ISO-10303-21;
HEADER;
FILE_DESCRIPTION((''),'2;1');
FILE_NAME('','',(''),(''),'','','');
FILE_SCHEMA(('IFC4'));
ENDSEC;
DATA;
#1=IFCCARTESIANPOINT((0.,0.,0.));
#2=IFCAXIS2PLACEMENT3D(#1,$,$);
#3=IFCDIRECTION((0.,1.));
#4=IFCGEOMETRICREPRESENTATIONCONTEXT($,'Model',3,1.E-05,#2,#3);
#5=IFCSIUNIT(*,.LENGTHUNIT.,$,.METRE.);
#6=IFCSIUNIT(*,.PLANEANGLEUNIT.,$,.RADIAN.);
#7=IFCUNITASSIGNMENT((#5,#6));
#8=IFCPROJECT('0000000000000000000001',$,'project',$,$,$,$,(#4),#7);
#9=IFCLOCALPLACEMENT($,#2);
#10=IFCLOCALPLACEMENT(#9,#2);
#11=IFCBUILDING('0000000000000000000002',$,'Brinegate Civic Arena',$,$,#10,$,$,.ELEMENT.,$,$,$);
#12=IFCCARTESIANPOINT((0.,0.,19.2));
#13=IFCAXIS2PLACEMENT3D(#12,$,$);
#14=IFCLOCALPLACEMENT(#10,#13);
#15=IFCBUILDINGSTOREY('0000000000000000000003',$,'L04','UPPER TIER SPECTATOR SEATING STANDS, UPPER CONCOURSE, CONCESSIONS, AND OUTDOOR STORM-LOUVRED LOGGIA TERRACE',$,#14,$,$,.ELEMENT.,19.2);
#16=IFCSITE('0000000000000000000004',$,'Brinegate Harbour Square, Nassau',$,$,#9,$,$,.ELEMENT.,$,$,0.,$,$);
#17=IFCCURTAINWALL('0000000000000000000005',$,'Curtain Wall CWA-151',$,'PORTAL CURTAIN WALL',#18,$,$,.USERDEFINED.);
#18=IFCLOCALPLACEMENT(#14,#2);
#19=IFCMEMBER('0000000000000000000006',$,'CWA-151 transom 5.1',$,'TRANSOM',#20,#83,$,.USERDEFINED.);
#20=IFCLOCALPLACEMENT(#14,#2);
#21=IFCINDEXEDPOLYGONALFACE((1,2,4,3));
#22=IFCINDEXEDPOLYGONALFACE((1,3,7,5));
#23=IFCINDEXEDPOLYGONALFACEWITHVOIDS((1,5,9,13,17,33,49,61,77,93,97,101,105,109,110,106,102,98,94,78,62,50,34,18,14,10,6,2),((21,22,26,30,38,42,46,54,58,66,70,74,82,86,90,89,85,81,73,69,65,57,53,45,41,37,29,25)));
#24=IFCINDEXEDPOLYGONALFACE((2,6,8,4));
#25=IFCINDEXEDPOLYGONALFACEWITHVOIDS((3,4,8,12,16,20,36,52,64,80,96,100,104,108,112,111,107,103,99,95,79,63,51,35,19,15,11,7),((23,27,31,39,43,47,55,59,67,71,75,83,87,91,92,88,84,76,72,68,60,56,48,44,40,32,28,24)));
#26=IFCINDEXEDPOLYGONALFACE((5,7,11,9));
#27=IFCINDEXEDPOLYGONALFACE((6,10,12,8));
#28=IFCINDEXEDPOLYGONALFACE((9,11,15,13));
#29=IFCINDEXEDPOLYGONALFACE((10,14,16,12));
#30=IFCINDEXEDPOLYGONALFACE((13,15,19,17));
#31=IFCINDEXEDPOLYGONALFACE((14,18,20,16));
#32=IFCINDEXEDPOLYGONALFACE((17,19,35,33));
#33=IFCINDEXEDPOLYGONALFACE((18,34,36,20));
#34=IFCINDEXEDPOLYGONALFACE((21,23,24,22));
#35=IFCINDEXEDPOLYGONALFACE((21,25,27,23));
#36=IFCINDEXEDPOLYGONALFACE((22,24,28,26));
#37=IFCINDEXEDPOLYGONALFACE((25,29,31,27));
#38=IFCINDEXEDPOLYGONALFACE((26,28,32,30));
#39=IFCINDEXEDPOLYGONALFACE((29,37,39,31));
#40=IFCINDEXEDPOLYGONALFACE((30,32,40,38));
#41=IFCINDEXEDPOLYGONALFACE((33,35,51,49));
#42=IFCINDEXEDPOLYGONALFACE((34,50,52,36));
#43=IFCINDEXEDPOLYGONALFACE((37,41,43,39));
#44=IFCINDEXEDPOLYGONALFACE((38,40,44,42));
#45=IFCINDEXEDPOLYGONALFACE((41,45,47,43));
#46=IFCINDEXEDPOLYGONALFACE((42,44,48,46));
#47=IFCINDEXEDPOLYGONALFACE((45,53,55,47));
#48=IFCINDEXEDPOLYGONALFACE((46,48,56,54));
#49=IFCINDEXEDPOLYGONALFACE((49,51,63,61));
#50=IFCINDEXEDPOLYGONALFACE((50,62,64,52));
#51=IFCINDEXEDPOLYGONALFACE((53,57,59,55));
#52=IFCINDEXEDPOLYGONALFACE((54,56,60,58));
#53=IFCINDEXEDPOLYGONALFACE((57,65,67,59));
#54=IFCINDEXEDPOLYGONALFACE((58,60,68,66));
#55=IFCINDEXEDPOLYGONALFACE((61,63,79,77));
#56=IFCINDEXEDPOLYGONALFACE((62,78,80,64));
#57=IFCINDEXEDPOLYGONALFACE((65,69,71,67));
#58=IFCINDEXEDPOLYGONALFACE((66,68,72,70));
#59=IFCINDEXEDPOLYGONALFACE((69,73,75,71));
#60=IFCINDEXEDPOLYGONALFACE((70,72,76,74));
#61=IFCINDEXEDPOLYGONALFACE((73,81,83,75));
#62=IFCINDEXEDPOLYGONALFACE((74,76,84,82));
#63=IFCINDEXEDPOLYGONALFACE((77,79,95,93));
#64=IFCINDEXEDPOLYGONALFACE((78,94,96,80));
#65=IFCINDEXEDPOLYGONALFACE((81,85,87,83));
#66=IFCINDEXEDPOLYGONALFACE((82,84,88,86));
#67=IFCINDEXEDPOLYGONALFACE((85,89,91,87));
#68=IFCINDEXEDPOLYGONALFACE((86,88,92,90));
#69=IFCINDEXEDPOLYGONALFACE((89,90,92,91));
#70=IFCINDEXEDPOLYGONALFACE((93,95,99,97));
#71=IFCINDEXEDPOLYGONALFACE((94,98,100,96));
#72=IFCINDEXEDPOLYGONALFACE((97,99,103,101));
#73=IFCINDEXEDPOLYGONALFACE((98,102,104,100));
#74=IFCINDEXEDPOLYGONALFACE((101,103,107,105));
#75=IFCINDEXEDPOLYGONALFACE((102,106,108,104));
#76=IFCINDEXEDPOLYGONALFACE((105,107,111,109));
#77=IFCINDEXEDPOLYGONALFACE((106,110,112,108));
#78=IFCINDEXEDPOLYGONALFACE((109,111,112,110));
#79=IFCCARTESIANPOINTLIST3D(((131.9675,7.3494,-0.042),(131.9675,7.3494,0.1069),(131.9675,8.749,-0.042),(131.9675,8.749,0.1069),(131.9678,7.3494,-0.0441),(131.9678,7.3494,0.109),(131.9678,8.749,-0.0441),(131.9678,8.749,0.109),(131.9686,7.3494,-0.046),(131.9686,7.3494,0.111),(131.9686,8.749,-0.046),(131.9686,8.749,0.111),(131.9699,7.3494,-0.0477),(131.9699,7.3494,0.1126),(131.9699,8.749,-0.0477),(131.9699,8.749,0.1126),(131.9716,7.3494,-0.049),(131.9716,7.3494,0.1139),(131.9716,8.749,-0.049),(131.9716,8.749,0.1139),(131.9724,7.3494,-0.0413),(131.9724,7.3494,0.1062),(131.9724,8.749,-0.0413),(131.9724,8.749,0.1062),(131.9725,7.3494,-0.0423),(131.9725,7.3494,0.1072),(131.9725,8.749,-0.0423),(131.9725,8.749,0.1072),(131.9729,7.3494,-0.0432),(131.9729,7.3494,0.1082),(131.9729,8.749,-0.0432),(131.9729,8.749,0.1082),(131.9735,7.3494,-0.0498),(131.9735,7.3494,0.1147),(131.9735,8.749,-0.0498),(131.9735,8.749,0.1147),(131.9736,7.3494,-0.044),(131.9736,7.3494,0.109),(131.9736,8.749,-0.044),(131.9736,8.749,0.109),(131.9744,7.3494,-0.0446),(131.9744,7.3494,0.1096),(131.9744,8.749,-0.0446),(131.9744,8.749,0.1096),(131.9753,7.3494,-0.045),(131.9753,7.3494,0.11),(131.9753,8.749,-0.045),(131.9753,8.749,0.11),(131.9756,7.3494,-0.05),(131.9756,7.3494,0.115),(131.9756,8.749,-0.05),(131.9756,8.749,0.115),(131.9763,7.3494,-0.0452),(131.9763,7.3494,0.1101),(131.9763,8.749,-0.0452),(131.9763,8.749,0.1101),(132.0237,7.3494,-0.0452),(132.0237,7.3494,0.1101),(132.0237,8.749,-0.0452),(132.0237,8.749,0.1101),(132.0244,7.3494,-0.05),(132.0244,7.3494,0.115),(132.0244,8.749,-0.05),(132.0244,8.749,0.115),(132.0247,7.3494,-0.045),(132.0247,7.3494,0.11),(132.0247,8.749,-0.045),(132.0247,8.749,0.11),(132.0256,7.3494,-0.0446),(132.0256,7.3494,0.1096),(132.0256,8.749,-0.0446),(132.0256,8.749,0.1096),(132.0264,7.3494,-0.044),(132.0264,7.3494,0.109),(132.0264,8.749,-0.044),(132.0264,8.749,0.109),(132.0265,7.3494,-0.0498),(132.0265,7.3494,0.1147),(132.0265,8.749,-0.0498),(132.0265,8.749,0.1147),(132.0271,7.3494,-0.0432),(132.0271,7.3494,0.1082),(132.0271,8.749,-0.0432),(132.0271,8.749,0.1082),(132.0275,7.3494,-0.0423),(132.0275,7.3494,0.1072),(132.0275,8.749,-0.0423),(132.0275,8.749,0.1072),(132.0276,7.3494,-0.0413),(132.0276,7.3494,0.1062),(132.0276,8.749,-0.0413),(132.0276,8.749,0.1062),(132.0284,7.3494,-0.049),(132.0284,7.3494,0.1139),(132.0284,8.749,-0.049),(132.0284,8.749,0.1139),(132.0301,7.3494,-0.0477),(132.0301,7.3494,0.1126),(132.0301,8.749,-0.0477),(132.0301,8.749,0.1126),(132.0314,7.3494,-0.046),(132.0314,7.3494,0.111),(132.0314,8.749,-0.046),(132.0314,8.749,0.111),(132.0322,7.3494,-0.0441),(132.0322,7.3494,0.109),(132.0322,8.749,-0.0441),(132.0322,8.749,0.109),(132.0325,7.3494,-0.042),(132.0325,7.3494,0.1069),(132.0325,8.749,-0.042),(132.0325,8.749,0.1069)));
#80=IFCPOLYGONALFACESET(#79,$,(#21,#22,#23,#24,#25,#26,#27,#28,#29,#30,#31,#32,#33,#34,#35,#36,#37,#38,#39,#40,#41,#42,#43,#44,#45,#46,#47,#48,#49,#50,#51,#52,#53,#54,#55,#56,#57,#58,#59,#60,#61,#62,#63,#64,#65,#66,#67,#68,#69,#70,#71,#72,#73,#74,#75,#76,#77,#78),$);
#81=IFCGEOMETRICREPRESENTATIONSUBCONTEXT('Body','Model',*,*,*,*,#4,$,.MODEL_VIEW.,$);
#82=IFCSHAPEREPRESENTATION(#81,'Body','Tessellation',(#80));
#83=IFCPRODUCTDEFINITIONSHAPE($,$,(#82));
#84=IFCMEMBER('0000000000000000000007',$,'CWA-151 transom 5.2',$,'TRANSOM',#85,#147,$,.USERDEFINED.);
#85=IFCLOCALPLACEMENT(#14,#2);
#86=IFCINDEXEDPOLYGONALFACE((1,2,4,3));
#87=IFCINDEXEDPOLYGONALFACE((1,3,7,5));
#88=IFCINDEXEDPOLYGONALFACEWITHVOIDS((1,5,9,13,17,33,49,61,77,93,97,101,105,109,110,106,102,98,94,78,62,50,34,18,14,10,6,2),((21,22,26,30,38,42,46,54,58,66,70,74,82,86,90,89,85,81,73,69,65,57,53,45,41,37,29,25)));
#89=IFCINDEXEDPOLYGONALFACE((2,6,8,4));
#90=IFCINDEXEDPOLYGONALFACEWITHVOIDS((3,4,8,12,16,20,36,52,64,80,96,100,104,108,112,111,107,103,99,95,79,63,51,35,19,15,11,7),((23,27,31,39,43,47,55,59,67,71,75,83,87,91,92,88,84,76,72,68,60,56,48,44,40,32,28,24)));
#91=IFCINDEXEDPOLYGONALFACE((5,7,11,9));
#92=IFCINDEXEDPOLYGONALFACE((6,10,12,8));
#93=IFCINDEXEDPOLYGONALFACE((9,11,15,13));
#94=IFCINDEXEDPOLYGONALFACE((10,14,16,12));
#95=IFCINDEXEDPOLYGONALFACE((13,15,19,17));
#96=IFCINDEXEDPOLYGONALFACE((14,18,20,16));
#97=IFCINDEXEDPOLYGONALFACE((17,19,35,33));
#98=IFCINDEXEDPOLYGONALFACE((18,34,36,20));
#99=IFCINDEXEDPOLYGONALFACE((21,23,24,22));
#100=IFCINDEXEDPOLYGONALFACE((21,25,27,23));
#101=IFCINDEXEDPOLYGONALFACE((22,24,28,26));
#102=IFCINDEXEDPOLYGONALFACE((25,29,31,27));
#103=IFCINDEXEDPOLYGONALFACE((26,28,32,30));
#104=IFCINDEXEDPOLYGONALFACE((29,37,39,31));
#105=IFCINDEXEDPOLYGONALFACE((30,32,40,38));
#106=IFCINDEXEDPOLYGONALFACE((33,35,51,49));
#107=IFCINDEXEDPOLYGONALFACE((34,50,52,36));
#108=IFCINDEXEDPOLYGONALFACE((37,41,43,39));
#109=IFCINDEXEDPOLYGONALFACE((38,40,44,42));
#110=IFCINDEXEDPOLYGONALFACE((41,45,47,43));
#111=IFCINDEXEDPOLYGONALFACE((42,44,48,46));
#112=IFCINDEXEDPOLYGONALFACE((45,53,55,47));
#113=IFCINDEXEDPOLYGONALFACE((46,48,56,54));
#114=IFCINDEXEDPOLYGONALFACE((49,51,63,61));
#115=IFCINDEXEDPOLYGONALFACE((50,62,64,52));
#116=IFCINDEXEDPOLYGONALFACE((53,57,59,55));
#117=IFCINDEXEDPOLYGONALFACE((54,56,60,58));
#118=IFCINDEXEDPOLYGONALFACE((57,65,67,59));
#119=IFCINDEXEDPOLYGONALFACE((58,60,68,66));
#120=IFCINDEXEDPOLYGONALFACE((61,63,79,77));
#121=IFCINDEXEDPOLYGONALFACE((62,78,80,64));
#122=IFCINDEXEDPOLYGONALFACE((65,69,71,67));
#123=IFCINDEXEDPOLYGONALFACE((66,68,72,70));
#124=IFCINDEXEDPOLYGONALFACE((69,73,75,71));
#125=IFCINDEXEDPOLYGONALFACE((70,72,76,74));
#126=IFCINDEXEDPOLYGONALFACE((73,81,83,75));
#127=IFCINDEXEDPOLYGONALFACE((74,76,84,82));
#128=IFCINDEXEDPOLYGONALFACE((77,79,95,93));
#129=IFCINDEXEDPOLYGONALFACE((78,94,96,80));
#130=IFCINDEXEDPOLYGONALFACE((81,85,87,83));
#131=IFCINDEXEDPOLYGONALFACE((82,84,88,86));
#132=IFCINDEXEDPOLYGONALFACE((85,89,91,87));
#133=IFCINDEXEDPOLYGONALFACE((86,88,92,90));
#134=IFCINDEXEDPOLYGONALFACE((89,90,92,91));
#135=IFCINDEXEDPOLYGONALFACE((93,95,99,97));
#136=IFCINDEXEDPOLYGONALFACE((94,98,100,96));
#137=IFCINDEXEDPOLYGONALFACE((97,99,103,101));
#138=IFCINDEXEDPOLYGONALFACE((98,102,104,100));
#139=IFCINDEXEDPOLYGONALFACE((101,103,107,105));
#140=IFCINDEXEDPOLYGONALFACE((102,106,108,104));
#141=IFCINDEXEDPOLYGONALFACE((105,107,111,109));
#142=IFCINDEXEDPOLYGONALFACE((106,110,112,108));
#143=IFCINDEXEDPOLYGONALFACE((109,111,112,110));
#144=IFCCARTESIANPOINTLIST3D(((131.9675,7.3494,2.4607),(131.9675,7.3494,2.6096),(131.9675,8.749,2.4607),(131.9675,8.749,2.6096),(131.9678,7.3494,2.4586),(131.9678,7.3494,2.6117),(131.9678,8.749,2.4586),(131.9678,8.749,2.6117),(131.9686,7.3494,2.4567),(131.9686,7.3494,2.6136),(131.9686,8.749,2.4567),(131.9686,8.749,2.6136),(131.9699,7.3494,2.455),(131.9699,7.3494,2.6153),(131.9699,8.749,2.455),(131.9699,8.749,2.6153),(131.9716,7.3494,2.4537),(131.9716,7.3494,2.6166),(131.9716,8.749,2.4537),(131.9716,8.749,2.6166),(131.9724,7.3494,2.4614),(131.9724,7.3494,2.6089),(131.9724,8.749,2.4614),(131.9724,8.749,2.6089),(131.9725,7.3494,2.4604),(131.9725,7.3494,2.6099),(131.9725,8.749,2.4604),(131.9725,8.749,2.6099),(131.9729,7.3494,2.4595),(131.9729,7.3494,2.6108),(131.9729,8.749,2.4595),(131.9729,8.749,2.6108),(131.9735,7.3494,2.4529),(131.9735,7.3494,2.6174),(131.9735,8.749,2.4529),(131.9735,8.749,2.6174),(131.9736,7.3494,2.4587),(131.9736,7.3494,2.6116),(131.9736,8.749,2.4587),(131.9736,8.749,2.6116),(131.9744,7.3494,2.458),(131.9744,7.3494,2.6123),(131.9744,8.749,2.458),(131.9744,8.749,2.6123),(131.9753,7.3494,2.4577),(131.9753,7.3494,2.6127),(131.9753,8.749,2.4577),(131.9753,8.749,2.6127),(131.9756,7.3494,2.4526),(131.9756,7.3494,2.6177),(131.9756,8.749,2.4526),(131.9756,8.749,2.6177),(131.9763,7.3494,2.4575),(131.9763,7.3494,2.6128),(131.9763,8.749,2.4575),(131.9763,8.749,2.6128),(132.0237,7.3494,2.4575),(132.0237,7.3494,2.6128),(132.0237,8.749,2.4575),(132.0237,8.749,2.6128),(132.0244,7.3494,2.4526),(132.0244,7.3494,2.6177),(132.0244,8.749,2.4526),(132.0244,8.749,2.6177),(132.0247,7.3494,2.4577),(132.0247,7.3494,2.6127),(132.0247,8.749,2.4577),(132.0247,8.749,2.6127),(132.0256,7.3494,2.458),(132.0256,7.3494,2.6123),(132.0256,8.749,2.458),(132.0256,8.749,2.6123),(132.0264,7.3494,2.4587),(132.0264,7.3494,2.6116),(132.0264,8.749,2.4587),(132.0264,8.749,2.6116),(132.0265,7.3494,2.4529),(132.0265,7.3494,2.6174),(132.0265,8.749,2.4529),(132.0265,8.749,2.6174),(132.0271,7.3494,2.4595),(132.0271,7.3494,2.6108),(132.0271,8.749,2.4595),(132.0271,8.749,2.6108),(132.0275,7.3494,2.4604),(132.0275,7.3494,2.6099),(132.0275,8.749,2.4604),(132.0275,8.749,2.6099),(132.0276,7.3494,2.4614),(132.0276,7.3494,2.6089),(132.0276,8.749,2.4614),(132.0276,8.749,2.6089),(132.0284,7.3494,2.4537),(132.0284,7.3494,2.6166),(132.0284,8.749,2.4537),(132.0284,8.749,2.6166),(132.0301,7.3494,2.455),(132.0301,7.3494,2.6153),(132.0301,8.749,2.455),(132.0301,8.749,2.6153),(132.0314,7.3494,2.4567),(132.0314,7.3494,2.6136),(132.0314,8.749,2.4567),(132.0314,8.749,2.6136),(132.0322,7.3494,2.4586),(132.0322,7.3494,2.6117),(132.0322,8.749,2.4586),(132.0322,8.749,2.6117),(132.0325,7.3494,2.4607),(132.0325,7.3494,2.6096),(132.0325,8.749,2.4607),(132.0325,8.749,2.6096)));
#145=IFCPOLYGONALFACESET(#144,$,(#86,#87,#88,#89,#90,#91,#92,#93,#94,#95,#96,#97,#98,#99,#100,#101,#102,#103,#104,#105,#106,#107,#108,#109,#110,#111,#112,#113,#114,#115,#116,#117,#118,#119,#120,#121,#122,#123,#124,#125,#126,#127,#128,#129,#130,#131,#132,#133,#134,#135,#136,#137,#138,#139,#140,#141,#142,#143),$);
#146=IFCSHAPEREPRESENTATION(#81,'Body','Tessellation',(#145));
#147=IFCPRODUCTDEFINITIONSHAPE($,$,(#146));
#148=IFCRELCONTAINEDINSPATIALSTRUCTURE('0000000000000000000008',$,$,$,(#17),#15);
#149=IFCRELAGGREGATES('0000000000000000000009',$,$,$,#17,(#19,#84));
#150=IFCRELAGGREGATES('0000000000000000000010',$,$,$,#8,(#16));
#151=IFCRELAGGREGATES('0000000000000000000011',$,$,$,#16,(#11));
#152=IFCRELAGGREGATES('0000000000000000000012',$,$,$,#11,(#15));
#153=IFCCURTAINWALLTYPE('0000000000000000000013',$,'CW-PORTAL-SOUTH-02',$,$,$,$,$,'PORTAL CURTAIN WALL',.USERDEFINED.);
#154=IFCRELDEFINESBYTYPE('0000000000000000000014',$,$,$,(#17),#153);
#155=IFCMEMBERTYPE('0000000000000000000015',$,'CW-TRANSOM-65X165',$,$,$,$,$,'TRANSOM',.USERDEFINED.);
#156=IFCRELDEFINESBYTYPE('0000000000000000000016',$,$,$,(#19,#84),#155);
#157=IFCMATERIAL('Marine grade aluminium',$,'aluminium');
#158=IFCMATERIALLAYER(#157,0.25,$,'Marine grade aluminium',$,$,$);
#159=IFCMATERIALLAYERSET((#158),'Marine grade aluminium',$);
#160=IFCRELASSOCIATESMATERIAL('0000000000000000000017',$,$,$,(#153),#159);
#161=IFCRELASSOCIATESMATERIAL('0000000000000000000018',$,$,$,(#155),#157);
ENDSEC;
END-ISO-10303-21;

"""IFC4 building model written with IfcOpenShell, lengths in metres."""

from ifc_helpers import new_model, si_unit, direction, frame, origin, origin_2d, place, context, subcontext, project, spatial, hollow_rectangle, extrude, material, layer, layer_set, material_profile, profile_set, type_object, element, aggregate, save


model = new_model("IFC4")

# Units and contexts
model_context = context("Model", 3, precision=1e-05, world=origin(), true_north=direction((0.0, 1.0)))
body_context = subcontext(model_context, "Body", "Model", "MODEL_VIEW")
ifc_project = project(units=[si_unit("LENGTHUNIT", "METRE"), si_unit("PLANEANGLEUNIT", "RADIAN")], contexts=[model_context])

# Site, building, storey
site_placement = place(None, origin())
site = spatial("IfcSite", under=ifc_project, at=site_placement, Name="Brinegate Harbour Square, Nassau", CompositionType="ELEMENT", RefElevation=0.0)
building_placement = place(site_placement, origin())
building = spatial("IfcBuilding", under=site, at=building_placement, Name="Brinegate Civic Arena", CompositionType="ELEMENT")
storey_placement = place(building_placement, frame((0.0, 0.0, 19.2)))
storey = spatial("IfcBuildingStorey", under=building, at=storey_placement, Name="L04", Description="UPPER TIER SPECTATOR SEATING STANDS, UPPER CONCOURSE, CONCESSIONS, AND OUTDOOR STORM-LOUVRED LOGGIA TERRACE", CompositionType="ELEMENT", Elevation=19.2)

# Curtain wall
ifc_material_1 = material(Name="Marine grade aluminium", Category="aluminium")
ifc_layer_1 = layer(ifc_material_1, 0.25, Name="Marine grade aluminium")
ifc_layer_set_1 = layer_set([ifc_layer_1], Name="Marine grade aluminium")
curtain_wall_type_1 = type_object("IfcCurtainWallType", Name="CW-PORTAL-SOUTH-02", ElementType="PORTAL CURTAIN WALL", PredefinedType="USERDEFINED", material=ifc_layer_set_1)
curtain_wall_1_placement = place(storey_placement, origin())
curtain_wall_1 = element("IfcCurtainWall", 1, at=curtain_wall_1_placement, inside=storey, type_object=curtain_wall_type_1, Name="Curtain Wall CWA-151", ObjectType="PORTAL CURTAIN WALL", PredefinedType="USERDEFINED")

# Members
ifc_material_profile_1 = material_profile(ifc_material_1, hollow_rectangle(XDim=0.0649, YDim=0.165, WallThickness=0.0049, InnerFilletRadius=0.0039, OuterFilletRadius=0.0081, at=origin_2d()), Name="TRN65X165")
ifc_profile_set_1 = profile_set([ifc_material_profile_1], Name="Marine grade aluminium")
member_type_1 = type_object("IfcMemberType", Name="CW-TRANSOM-65X165", ElementType="TRANSOM", PredefinedType="USERDEFINED", material=ifc_profile_set_1)
member_1_placement = place(storey_placement, frame((132.0, 7.3494, 0.0325), z_axis=(0.0, 1.0, 0.0), x_axis=(-1.0, 0.0, 0.0)))
member_1 = element("IfcMember", 2, at=member_1_placement, type_object=member_type_1, Name="CWA-151 transom 5.1", ObjectType="TRANSOM", PredefinedType="USERDEFINED", context=body_context, shape_type="SweptSolid", body=[
    extrude(hollow_rectangle(XDim=0.0649, YDim=0.165, WallThickness=0.0049, InnerFilletRadius=0.0039, OuterFilletRadius=0.0081, at=origin_2d()), origin(), (0.0, 0.0, 1.0), 1.3997),
])
member_2_placement = place(storey_placement, frame((132.0, 7.3494, 2.5352), z_axis=(0.0, 1.0, 0.0), x_axis=(-1.0, 0.0, 0.0)))
member_2 = element("IfcMember", 3, at=member_2_placement, type_object=member_type_1, Name="CWA-151 transom 5.2", ObjectType="TRANSOM", PredefinedType="USERDEFINED", context=body_context, shape_type="SweptSolid", body=[
    extrude(hollow_rectangle(XDim=0.0649, YDim=0.165, WallThickness=0.0049, InnerFilletRadius=0.0039, OuterFilletRadius=0.0081, at=origin_2d()), origin(), (0.0, 0.0, 1.0), 1.3997),
])

aggregate(curtain_wall_1, [member_1, member_2])

save(model, "model.ifc")
